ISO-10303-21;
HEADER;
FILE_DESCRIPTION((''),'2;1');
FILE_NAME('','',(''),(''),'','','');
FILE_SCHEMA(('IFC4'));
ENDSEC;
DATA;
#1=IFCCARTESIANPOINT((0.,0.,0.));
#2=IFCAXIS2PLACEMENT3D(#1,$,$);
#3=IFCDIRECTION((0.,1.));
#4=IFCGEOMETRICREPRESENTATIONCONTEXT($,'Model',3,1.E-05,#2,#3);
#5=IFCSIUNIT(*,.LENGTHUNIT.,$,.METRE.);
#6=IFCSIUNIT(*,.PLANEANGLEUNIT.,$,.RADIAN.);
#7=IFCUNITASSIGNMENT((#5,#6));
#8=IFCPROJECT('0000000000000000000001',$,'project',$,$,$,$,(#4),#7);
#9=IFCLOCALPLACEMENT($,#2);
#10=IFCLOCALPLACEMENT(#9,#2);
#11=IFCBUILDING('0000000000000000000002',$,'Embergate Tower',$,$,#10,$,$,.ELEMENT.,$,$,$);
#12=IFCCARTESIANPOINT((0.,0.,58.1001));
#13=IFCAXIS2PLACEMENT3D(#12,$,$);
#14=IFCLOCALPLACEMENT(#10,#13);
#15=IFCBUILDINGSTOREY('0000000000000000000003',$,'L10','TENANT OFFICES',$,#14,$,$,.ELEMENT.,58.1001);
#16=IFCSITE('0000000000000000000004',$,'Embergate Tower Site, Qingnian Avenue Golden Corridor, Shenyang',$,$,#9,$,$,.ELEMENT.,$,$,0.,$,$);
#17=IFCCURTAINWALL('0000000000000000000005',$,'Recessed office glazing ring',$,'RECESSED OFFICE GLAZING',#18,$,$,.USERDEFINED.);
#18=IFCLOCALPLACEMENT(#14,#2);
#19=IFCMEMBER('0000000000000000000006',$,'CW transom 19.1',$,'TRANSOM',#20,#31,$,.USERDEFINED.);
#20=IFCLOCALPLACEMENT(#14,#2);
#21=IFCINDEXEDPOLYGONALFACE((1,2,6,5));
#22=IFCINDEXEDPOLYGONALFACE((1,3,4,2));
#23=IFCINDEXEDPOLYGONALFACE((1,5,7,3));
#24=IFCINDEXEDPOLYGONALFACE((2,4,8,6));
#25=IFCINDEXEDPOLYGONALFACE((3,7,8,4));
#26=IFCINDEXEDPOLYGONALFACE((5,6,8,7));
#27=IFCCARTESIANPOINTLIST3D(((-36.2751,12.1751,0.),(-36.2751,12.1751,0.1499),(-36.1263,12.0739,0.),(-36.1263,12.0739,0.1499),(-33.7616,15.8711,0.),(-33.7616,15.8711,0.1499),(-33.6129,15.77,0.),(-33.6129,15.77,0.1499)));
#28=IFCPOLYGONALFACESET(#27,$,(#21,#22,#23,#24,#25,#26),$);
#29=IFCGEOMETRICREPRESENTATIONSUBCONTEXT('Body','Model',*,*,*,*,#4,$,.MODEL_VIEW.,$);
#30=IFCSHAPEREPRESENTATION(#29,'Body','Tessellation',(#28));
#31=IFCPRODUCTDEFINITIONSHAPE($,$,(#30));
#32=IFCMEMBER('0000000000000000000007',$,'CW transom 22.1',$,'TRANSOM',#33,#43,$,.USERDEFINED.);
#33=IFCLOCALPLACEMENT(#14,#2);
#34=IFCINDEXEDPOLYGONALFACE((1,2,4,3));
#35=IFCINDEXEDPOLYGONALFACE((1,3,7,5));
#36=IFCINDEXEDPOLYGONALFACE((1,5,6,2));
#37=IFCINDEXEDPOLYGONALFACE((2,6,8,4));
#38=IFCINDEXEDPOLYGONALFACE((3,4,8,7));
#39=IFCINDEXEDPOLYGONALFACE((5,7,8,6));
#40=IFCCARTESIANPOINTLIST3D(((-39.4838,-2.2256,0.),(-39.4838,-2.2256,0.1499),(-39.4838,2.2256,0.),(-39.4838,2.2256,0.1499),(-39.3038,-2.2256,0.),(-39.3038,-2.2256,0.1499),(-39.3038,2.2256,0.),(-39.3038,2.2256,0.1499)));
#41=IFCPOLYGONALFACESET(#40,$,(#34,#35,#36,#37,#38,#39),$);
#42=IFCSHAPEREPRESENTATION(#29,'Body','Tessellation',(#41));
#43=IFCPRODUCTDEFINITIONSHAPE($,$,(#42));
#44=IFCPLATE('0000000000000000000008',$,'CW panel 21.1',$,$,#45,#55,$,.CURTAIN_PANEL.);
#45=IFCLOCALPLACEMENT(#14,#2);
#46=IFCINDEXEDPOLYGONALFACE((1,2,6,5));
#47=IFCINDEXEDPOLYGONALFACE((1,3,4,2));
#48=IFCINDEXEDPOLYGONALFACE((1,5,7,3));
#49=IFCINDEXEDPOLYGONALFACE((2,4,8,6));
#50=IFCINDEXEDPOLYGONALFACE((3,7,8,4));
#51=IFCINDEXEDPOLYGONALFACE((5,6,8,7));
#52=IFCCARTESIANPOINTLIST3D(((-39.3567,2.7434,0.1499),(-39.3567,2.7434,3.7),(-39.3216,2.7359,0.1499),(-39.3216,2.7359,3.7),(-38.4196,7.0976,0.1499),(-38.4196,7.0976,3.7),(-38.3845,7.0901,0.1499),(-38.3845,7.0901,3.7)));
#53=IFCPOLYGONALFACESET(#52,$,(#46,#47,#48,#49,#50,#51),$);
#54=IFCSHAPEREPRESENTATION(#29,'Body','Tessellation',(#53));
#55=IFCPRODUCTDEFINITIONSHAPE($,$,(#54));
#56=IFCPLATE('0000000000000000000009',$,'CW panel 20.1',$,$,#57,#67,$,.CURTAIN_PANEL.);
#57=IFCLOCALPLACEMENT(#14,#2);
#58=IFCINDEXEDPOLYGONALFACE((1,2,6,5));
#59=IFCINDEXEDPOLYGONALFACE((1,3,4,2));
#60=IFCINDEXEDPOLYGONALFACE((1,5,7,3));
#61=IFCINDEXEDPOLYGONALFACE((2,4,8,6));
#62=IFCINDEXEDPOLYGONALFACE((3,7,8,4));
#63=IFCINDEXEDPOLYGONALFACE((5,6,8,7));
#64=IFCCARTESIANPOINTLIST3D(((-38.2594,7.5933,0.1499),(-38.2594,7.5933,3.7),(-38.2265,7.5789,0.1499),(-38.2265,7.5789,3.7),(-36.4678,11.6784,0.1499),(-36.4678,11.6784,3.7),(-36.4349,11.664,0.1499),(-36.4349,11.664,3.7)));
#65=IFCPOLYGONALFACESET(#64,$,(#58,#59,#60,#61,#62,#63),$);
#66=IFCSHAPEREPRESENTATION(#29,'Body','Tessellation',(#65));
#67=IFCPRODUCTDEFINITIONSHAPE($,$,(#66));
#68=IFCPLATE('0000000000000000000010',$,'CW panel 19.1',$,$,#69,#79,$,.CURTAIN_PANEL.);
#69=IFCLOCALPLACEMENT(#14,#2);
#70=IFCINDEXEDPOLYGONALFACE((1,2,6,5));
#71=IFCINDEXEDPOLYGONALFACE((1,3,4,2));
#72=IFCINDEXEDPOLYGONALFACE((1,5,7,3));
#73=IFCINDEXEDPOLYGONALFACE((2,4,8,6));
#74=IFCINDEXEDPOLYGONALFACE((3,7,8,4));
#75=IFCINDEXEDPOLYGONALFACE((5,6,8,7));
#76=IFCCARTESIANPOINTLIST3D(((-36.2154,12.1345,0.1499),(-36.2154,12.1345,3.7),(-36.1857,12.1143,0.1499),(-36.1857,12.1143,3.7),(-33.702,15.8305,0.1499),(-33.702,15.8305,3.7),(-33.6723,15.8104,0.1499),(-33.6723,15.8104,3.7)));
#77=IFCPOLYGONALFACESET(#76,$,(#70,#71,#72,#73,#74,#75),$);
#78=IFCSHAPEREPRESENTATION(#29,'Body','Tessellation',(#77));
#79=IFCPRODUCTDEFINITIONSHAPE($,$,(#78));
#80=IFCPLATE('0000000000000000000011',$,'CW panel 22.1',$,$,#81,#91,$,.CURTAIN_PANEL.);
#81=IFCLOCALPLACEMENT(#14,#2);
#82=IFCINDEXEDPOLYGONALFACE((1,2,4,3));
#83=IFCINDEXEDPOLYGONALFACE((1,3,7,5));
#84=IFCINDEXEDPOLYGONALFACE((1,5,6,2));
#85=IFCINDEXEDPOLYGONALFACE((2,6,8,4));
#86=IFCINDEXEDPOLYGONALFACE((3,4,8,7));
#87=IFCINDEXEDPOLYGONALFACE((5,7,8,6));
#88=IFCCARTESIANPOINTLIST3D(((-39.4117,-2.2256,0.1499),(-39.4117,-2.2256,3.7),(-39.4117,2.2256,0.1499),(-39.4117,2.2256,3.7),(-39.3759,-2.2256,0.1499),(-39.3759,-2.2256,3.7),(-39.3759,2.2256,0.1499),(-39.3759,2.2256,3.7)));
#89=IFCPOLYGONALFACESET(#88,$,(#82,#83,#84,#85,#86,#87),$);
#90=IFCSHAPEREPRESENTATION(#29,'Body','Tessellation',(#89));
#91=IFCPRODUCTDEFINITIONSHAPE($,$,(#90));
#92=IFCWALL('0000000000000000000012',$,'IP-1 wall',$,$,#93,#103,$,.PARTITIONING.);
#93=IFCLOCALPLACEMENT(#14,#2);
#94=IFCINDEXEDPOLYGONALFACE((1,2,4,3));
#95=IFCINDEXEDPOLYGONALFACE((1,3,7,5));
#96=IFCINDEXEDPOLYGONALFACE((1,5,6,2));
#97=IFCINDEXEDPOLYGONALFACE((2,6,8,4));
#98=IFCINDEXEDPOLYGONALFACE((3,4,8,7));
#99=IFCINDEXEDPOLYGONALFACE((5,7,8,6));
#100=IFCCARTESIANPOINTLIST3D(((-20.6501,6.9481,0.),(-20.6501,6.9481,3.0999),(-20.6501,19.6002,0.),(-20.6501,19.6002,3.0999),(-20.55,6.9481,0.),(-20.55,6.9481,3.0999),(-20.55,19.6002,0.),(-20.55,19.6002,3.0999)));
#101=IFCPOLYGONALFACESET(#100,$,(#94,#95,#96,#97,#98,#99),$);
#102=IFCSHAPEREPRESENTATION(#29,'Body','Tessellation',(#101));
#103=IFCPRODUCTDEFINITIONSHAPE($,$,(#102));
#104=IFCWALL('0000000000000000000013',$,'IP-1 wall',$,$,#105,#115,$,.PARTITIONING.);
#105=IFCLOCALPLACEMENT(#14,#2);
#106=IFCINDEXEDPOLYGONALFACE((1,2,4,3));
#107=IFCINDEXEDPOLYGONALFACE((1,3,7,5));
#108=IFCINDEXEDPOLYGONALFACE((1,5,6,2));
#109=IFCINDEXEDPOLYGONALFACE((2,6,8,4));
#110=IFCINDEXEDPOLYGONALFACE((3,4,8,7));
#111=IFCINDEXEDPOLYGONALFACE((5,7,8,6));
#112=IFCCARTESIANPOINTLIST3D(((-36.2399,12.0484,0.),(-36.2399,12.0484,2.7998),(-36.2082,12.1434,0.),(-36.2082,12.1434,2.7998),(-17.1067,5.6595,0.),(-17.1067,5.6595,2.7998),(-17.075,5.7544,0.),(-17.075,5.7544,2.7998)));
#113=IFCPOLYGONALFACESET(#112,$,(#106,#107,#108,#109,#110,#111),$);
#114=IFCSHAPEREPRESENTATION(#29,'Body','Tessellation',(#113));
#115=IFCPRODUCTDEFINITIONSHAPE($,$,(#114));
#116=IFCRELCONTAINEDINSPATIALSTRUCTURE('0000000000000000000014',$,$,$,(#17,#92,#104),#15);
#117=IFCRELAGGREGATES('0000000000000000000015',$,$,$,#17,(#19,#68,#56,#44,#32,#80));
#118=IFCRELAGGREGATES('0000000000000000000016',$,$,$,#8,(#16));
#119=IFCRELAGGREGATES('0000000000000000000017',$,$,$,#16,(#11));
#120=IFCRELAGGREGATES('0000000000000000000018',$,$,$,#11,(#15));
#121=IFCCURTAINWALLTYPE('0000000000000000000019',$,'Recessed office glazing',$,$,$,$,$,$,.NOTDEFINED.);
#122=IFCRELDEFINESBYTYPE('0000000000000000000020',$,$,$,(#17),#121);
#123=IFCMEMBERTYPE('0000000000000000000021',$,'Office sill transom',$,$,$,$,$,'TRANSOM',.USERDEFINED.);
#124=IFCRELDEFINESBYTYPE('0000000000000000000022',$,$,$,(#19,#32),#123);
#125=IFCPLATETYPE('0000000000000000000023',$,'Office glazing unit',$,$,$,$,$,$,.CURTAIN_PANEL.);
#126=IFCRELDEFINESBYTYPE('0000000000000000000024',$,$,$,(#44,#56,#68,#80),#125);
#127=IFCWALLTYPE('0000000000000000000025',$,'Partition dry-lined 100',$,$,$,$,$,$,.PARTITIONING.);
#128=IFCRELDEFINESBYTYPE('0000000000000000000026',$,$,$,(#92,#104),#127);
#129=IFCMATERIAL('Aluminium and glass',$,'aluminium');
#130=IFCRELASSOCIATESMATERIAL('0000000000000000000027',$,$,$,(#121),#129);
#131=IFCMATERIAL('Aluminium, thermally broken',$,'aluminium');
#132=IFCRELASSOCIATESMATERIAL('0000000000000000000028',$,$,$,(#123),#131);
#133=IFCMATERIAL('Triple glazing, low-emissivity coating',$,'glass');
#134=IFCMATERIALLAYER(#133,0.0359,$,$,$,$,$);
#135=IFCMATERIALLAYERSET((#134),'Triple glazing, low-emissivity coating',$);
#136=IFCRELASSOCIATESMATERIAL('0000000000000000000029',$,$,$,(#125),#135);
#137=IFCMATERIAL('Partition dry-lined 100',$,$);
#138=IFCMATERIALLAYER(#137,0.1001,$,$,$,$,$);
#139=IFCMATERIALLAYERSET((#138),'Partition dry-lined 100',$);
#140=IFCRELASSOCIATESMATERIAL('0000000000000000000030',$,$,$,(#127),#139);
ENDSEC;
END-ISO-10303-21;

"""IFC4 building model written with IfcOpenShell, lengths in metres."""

from ifc_helpers import new_model, si_unit, direction, frame, frame_2d, origin, origin_2d, place, context, subcontext, project, spatial, rectangle, extrude, source, transform, mapped, material, layer, layer_set, material_profile, profile_set, type_object, element, aggregate, save


model = new_model("IFC4")

# Units and contexts
model_context = context("Model", 3, precision=1e-05, world=origin(), true_north=direction((0.0, 1.0)))
body_context = subcontext(model_context, "Body", "Model", "MODEL_VIEW")
ifc_project = project(units=[si_unit("LENGTHUNIT", "METRE"), si_unit("PLANEANGLEUNIT", "RADIAN")], contexts=[model_context])

# Site, building, storey
site_placement = place(None, origin())
site = spatial("IfcSite", under=ifc_project, at=site_placement, Name="Embergate Tower Site, Qingnian Avenue Golden Corridor, Shenyang", CompositionType="ELEMENT", RefElevation=0.0)
building_placement = place(site_placement, origin())
building = spatial("IfcBuilding", under=site, at=building_placement, Name="Embergate Tower", CompositionType="ELEMENT")
storey_placement = place(building_placement, frame((0.0, 0.0, 58.1001)))
storey = spatial("IfcBuildingStorey", under=building, at=storey_placement, Name="L10", Description="TENANT OFFICES", CompositionType="ELEMENT", Elevation=58.1001)

# Curtain wall, members, plates
ifc_material_1 = material(Name="Aluminium and glass", Category="aluminium")
curtain_wall_type = type_object("IfcCurtainWallType", Name="Recessed office glazing", PredefinedType="NOTDEFINED", material=ifc_material_1)
curtain_wall_placement = place(storey_placement, origin())
curtain_wall = element("IfcCurtainWall", 1, at=curtain_wall_placement, inside=storey, type_object=curtain_wall_type, Name="Recessed office glazing ring", ObjectType="RECESSED OFFICE GLAZING", PredefinedType="USERDEFINED")
ifc_material_2 = material(Name="Aluminium, thermally broken", Category="aluminium")
ifc_material_profile_1 = material_profile(ifc_material_2, rectangle(XDim=0.1799, YDim=0.1499, at=origin_2d()), Name="AL 150x180")
ifc_profile_set_1 = profile_set([ifc_material_profile_1], Name="Aluminium, thermally broken")
member_type_1 = type_object("IfcMemberType", Name="Office sill transom", ElementType="TRANSOM", PredefinedType="USERDEFINED", material=ifc_profile_set_1)
shared_shape_1 = source(origin(), body_context, "Body", "SweptSolid", [
    extrude(rectangle(XDim=0.1799, YDim=0.1499, at=origin_2d()), origin(), (0.0, 0.0, 1.0), 4.4697),
])
member_1_placement = place(storey_placement, frame((-33.6873, 15.8206, 0.075), z_axis=(-0.562328, -0.826914, 0.0), x_axis=(0.826914, -0.562328, 0.0)))
member_1 = element("IfcMember", 2, at=member_1_placement, type_object=member_type_1, Name="CW transom 19.1", ObjectType="TRANSOM", PredefinedType="USERDEFINED", context=body_context, shape_type="MappedRepresentation", body=[
    mapped(shared_shape_1, transform((0.0, 0.0, 0.0))),
])
shared_shape_2 = source(origin(), body_context, "Body", "SweptSolid", [
    extrude(rectangle(XDim=0.1799, YDim=0.1499, at=origin_2d()), origin(), (0.0, 0.0, 1.0), 4.4512),
])
member_2_placement = place(storey_placement, frame((-39.3938, 2.2256, 0.075), z_axis=(0.0, -1.0, 0.0), x_axis=(1.0, 0.0, 0.0)))
member_2 = element("IfcMember", 3, at=member_2_placement, type_object=member_type_1, Name="CW transom 22.1", ObjectType="TRANSOM", PredefinedType="USERDEFINED", context=body_context, shape_type="MappedRepresentation", body=[
    mapped(shared_shape_2, transform((0.0, 0.0, 0.0))),
])
ifc_material_3 = material(Name="Triple glazing, low-emissivity coating", Category="glass")
ifc_layer_1 = layer(ifc_material_3, 0.0359)
ifc_layer_set_1 = layer_set([ifc_layer_1], Name="Triple glazing, low-emissivity coating")
plate_type = type_object("IfcPlateType", Name="Office glazing unit", PredefinedType="CURTAIN_PANEL", material=ifc_layer_set_1)
shared_shape_3 = source(origin(), body_context, "Body", "SweptSolid", [
    extrude(rectangle(XDim=4.4539, YDim=0.0359, at=origin_2d()), origin(), (0.0, 0.0, 1.0), 3.55),
])
plate_1_placement = place(storey_placement, frame((-38.8706, 4.9167, 0.1499), z_axis=(0.0, 0.0, 1.0), x_axis=(-0.210392, -0.977617, 0.0)))
plate_1 = element("IfcPlate", 4, at=plate_1_placement, type_object=plate_type, Name="CW panel 21.1", PredefinedType="CURTAIN_PANEL", context=body_context, shape_type="MappedRepresentation", body=[
    mapped(shared_shape_3, transform((0.0, 0.0, 0.0))),
])
shared_shape_4 = source(origin(), body_context, "Body", "SweptSolid", [
    extrude(rectangle(XDim=4.4607, YDim=0.0359, at=origin_2d()), origin(), (0.0, 0.0, 1.0), 3.55),
])
plate_2_placement = place(storey_placement, frame((-37.3472, 9.6287, 0.1499), z_axis=(0.0, 0.0, 1.0), x_axis=(-0.401644, -0.915796, 0.0)))
plate_2 = element("IfcPlate", 5, at=plate_2_placement, type_object=plate_type, Name="CW panel 20.1", PredefinedType="CURTAIN_PANEL", context=body_context, shape_type="MappedRepresentation", body=[
    mapped(shared_shape_4, transform((0.0, 0.0, 0.0))),
])
shared_shape_5 = source(origin(), body_context, "Body", "SweptSolid", [
    extrude(rectangle(XDim=4.4697, YDim=0.0359, at=origin_2d()), origin(), (0.0, 0.0, 1.0), 3.55),
])
plate_3_placement = place(storey_placement, frame((-34.9438, 13.9724, 0.1499), z_axis=(0.0, 0.0, 1.0), x_axis=(-0.562332, -0.826912, 0.0)))
plate_3 = element("IfcPlate", 6, at=plate_3_placement, type_object=plate_type, Name="CW panel 19.1", PredefinedType="CURTAIN_PANEL", context=body_context, shape_type="MappedRepresentation", body=[
    mapped(shared_shape_5, transform((0.0, 0.0, 0.0))),
])
shared_shape_6 = source(origin(), body_context, "Body", "SweptSolid", [
    extrude(rectangle(XDim=4.4512, YDim=0.0359, at=origin_2d()), origin(), (0.0, 0.0, 1.0), 3.55),
])
plate_4_placement = place(storey_placement, frame((-39.3938, 0.0, 0.1499), z_axis=(0.0, 0.0, 1.0), x_axis=(0.0, -1.0, 0.0)))
plate_4 = element("IfcPlate", 7, at=plate_4_placement, type_object=plate_type, Name="CW panel 22.1", PredefinedType="CURTAIN_PANEL", context=body_context, shape_type="MappedRepresentation", body=[
    mapped(shared_shape_6, transform((0.0, 0.0, 0.0))),
])
aggregate(curtain_wall, [member_1, plate_3, plate_2, plate_1, member_2, plate_4])

# Walls
ifc_material_4 = material(Name="Partition dry-lined 100")
ifc_layer_2 = layer(ifc_material_4, 0.1001)
ifc_layer_set_2 = layer_set([ifc_layer_2], Name="Partition dry-lined 100")
wall_type = type_object("IfcWallType", Name="Partition dry-lined 100", PredefinedType="PARTITIONING", material=ifc_layer_set_2)
shared_shape_7 = source(origin(), body_context, "Body", "SweptSolid", [
    extrude(rectangle(XDim=12.6521, YDim=0.1001, at=frame_2d((6.3262, 0.0))), origin(), (0.0, 0.0, 1.0), 3.0999),
])
wall_1_placement = place(storey_placement, frame((-20.6001, 6.948, 0.0), z_axis=(0.0, 0.0, 1.0), x_axis=(0.0, 1.0, 0.0)))
element("IfcWall", 8, at=wall_1_placement, inside=storey, type_object=wall_type, Name="IP-1 wall", PredefinedType="PARTITIONING", context=body_context, shape_type="MappedRepresentation", body=[
    mapped(shared_shape_7, transform((0.0, 0.0, 0.0))),
])
shared_shape_8 = source(origin(), body_context, "Body", "SweptSolid", [
    extrude(rectangle(XDim=20.1716, YDim=0.1001, at=frame_2d((10.0859, 0.0))), origin(), (0.0, 0.0, 1.0), 2.7998),
])
wall_2_placement = place(storey_placement, frame((-36.2241, 12.0959, 0.0), z_axis=(0.0, 0.0, 1.0), x_axis=(0.948516, -0.316729, 0.0)))
element("IfcWall", 9, at=wall_2_placement, inside=storey, type_object=wall_type, Name="IP-1 wall", PredefinedType="PARTITIONING", context=body_context, shape_type="MappedRepresentation", body=[
    mapped(shared_shape_8, transform((0.0, 0.0, 0.0))),
])

save(model, "model.ifc")
